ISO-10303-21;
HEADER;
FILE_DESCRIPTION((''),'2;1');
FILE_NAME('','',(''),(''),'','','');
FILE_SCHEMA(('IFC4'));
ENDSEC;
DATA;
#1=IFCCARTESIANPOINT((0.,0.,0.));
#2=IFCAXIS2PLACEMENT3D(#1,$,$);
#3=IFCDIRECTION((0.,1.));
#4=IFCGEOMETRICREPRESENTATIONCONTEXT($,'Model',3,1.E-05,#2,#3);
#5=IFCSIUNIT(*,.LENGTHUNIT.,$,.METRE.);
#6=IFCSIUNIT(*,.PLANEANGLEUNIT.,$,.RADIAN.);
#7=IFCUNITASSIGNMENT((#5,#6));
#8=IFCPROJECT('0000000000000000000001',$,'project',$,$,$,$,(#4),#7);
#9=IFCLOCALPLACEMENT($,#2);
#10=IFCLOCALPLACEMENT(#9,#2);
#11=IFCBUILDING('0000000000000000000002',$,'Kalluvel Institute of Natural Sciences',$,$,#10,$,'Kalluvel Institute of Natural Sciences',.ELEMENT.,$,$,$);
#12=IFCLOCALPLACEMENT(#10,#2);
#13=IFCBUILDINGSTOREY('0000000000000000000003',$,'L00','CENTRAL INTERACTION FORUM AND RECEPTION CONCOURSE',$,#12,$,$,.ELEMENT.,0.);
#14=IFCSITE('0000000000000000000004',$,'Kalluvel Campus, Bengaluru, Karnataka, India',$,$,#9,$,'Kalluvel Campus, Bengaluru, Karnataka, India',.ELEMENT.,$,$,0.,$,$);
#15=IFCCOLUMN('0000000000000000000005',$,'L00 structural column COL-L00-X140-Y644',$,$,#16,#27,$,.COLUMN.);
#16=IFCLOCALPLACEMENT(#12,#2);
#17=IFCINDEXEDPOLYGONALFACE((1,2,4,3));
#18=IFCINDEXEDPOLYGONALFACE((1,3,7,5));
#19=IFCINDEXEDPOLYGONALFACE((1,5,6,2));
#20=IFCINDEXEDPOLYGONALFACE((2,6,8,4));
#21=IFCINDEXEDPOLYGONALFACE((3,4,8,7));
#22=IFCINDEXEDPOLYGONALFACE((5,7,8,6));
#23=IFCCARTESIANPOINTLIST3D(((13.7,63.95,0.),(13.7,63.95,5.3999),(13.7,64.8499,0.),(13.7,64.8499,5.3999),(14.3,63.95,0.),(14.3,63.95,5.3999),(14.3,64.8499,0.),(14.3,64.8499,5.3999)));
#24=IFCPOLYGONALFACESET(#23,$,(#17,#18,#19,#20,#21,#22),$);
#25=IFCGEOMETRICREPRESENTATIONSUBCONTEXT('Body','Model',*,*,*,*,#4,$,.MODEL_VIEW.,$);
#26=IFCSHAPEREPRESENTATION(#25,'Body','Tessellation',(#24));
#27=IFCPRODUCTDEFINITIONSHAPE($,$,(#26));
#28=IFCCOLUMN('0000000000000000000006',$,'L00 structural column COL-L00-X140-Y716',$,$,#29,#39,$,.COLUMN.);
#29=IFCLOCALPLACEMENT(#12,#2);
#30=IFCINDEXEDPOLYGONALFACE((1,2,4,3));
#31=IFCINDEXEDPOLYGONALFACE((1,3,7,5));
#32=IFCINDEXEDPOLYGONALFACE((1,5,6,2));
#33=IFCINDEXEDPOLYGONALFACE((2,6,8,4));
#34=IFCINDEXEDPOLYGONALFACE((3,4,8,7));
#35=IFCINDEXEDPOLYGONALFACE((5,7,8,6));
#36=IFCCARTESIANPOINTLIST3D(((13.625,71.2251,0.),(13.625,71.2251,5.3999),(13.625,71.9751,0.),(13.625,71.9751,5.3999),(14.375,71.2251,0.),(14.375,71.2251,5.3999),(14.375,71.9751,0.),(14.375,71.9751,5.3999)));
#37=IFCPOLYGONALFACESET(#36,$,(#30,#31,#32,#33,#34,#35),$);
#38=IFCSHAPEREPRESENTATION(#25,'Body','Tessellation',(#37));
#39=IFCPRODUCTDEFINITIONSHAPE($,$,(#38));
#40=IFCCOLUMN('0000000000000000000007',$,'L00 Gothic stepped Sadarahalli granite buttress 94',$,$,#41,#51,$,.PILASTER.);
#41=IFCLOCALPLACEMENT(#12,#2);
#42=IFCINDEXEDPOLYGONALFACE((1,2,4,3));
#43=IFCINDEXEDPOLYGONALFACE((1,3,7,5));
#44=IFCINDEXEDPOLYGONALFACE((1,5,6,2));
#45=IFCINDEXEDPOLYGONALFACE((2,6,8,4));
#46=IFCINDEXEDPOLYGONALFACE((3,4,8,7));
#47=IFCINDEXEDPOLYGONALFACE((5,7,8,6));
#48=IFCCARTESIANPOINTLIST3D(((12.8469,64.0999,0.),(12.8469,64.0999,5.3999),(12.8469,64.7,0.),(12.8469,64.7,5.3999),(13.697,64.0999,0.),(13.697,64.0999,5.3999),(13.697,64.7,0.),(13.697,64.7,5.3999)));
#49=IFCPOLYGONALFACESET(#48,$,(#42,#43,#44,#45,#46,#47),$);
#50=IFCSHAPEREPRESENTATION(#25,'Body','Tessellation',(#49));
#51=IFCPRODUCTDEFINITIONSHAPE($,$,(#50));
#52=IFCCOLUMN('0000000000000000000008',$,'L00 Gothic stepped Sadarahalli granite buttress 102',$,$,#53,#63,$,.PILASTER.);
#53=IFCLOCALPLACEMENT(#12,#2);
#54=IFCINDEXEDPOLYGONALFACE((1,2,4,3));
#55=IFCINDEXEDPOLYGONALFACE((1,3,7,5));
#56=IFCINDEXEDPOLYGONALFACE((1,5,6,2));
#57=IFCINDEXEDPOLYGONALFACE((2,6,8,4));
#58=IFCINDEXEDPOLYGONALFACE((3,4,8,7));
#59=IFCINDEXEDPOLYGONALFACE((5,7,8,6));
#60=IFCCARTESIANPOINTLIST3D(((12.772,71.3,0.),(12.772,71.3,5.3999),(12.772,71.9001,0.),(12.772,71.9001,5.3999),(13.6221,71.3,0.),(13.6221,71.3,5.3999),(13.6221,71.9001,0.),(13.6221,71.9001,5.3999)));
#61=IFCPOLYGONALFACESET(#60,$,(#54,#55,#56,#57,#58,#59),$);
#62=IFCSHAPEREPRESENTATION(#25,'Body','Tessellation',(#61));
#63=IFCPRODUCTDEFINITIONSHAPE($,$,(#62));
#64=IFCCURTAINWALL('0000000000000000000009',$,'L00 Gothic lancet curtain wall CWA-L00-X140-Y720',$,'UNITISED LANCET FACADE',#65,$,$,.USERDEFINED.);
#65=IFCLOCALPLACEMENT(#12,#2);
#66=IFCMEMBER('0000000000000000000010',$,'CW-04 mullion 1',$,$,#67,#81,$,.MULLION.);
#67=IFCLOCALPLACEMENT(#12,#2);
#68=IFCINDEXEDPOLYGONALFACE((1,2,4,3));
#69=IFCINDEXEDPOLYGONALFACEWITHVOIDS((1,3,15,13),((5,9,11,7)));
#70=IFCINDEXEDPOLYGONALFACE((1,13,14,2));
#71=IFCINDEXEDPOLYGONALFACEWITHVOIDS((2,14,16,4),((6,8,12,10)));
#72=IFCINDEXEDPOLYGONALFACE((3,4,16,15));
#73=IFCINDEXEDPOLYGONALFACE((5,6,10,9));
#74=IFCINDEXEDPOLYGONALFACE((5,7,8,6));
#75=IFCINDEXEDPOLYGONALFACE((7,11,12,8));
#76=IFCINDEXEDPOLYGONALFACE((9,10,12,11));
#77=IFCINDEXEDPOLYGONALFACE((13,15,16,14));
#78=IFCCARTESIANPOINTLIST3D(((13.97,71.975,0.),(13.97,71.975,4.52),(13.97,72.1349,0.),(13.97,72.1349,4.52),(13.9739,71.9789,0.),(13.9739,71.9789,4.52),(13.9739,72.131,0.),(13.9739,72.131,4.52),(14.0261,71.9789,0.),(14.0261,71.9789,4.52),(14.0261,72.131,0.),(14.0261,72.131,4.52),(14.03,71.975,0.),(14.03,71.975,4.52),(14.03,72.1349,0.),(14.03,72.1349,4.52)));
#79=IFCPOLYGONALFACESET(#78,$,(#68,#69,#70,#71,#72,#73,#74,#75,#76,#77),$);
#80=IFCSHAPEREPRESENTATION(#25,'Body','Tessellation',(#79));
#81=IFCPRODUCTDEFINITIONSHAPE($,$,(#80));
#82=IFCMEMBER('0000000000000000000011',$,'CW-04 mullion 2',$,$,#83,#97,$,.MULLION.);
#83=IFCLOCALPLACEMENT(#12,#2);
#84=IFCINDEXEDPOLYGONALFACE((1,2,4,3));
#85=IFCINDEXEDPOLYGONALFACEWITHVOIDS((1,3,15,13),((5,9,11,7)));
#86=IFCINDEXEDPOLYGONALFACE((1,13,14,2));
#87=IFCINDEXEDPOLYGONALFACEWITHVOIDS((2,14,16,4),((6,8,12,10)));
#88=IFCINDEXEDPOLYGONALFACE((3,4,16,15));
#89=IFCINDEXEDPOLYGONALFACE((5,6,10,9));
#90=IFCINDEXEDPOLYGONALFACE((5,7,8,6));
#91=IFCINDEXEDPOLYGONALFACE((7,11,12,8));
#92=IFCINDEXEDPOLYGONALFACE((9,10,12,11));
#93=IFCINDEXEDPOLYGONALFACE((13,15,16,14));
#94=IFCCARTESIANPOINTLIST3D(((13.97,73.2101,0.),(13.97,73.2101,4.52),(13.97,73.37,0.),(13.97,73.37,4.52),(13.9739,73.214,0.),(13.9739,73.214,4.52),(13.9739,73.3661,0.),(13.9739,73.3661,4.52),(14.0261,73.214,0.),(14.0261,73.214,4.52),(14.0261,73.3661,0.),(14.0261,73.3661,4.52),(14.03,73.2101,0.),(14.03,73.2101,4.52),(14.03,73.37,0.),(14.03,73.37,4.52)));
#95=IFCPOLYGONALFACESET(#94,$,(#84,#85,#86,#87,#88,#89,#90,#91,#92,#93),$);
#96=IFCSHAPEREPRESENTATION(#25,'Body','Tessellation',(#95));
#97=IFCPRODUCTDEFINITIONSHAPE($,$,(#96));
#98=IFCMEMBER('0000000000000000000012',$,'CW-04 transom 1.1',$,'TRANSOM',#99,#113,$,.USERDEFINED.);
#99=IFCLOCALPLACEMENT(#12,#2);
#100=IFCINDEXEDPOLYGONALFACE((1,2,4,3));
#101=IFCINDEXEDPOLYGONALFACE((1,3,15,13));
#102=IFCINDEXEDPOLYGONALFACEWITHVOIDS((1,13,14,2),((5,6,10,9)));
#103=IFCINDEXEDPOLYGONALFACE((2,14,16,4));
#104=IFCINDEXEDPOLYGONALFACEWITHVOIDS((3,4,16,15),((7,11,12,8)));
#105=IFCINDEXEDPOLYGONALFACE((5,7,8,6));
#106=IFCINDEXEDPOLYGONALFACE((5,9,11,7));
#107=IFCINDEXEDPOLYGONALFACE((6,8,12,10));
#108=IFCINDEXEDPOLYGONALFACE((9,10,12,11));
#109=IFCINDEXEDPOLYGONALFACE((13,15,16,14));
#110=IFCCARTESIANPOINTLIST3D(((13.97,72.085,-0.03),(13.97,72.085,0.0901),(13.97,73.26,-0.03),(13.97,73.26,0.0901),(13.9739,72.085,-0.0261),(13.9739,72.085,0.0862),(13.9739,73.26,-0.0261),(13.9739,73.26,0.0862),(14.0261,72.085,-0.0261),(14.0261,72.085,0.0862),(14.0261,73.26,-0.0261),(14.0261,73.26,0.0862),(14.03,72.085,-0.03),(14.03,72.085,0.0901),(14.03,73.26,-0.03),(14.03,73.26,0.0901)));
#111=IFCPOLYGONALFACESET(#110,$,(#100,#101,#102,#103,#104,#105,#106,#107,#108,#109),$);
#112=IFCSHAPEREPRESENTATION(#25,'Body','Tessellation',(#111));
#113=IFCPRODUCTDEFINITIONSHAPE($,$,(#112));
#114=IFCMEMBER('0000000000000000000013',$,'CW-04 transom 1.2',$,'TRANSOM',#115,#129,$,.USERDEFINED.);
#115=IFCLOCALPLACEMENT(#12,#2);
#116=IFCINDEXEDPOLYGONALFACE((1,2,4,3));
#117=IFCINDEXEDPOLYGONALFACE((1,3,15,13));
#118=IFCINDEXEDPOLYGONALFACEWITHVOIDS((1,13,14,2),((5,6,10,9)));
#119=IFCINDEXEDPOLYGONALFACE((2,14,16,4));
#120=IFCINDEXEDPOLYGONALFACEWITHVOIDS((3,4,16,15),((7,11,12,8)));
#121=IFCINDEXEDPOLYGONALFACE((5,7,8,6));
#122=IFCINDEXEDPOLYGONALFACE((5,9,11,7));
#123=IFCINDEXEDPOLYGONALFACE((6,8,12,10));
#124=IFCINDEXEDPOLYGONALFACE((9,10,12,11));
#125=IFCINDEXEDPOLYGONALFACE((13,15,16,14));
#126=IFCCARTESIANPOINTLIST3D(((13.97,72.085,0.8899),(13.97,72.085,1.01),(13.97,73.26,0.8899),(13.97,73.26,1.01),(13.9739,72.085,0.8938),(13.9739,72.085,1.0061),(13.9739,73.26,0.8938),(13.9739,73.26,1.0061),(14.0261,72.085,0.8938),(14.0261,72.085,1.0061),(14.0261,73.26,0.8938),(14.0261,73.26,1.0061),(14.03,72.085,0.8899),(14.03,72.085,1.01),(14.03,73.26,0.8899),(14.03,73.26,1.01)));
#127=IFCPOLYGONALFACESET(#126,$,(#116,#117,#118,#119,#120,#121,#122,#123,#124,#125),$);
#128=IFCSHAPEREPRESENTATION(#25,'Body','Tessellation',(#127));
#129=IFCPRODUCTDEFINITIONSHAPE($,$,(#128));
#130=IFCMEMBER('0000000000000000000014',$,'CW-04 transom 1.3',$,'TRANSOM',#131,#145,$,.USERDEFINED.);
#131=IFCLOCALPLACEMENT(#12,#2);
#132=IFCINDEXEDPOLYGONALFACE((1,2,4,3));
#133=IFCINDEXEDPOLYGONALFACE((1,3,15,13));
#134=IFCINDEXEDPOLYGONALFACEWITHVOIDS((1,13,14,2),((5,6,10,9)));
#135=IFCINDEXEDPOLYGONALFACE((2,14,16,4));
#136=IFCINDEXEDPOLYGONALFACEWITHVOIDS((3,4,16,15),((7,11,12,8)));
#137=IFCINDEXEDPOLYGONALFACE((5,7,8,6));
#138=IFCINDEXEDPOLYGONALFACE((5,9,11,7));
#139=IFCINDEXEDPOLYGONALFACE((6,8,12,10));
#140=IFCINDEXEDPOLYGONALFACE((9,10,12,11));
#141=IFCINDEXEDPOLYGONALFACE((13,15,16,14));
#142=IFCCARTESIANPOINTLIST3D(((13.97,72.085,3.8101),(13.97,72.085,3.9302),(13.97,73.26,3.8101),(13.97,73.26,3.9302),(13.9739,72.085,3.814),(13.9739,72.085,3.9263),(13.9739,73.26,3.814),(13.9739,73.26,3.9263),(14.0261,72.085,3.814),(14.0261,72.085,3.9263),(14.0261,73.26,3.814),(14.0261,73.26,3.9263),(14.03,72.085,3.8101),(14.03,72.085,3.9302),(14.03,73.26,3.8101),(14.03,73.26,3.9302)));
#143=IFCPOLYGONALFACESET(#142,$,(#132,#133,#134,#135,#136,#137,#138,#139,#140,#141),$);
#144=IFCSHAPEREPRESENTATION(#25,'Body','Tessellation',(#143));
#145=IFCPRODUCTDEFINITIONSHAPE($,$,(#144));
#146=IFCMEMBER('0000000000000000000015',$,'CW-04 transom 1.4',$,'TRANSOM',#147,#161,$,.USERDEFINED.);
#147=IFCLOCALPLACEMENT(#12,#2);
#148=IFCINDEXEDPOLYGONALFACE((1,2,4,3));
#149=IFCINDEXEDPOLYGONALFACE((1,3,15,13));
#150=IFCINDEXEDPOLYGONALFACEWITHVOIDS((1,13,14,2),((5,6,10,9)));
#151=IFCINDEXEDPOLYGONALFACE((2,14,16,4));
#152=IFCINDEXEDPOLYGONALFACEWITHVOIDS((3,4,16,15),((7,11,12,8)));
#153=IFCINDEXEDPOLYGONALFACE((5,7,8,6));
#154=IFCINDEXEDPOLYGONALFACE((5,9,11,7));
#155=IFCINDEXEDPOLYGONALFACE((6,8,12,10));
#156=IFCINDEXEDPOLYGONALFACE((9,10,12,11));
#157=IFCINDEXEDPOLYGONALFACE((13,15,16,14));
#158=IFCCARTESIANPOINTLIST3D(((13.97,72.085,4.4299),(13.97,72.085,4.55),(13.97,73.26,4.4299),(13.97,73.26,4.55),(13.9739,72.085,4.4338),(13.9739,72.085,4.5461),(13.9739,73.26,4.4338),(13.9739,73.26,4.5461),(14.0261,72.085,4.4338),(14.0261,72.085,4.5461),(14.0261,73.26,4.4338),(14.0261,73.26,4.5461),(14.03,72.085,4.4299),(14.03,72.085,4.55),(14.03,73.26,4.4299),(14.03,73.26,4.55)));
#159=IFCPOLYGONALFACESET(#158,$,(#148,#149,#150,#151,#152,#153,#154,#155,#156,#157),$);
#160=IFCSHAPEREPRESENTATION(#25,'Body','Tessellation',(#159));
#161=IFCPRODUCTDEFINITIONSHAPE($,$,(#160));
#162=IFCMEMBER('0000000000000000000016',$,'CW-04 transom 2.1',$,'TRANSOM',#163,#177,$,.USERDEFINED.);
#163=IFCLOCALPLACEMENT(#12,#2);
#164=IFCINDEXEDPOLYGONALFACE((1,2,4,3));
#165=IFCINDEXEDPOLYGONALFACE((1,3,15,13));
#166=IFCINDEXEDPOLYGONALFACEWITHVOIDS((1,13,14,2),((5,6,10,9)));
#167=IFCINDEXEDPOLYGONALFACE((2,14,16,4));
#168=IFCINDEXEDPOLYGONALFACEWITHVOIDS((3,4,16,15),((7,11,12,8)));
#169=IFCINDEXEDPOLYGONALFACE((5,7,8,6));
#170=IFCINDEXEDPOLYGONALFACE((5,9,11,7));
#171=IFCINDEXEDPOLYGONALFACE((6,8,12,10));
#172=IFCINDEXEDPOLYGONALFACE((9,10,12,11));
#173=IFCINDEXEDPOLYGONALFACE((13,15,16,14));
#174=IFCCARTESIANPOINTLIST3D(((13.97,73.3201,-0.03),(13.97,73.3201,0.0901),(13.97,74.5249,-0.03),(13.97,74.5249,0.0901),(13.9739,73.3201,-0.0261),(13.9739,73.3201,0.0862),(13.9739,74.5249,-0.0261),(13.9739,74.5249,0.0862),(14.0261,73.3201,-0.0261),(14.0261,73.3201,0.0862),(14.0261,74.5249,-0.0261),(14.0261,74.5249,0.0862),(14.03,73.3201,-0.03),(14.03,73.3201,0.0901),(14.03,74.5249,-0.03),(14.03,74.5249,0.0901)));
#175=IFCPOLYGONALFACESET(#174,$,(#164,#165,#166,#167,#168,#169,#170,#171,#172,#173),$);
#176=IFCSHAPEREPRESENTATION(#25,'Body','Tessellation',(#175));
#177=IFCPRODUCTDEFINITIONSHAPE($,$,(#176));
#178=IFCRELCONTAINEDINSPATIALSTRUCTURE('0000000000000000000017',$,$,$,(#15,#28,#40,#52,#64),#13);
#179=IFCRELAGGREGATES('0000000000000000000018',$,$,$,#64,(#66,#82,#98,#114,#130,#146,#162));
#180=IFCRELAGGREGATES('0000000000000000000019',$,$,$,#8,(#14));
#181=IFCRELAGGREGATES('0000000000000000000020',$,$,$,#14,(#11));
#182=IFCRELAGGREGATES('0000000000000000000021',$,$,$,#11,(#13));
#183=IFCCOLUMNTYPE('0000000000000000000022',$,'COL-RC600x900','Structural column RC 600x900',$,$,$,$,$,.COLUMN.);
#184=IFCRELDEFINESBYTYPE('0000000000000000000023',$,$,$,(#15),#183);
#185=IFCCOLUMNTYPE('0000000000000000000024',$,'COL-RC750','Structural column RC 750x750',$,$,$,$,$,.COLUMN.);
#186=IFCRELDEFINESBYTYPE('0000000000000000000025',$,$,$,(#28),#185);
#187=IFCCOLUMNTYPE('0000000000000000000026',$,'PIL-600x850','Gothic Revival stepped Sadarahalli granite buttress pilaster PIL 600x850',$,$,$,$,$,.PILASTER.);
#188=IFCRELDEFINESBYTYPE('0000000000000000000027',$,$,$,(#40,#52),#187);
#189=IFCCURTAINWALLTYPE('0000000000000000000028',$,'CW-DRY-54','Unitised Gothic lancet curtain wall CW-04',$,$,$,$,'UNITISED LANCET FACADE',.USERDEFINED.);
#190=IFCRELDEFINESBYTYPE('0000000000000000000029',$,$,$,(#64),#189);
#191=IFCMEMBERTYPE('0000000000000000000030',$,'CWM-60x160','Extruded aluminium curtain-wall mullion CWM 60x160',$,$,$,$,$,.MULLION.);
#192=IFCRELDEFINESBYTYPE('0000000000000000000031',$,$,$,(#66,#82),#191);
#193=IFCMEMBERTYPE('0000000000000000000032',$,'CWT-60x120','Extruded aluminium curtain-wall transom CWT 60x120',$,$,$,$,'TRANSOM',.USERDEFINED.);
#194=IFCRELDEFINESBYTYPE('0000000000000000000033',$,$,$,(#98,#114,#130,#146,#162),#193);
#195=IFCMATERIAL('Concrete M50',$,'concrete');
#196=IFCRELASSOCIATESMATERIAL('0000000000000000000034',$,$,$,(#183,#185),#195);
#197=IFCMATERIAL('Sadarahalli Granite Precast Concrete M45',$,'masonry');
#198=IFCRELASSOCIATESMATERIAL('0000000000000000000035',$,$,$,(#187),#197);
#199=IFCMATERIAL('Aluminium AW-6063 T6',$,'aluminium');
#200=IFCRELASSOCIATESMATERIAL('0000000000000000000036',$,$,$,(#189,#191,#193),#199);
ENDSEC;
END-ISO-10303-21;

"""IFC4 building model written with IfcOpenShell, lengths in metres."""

from ifc_helpers import new_model, si_unit, direction, frame, origin, origin_2d, place, context, subcontext, project, spatial, rectangle, hollow_rectangle, extrude, material, material_profile, profile_set, type_object, element, aggregate, save


model = new_model("IFC4")

# Units and contexts
model_context = context("Model", 3, precision=1e-05, world=origin(), true_north=direction((0.0, 1.0)))
body_context = subcontext(model_context, "Body", "Model", "MODEL_VIEW")
ifc_project = project(units=[si_unit("LENGTHUNIT", "METRE"), si_unit("PLANEANGLEUNIT", "RADIAN")], contexts=[model_context])

# Site, building, storey
site_placement = place(None, origin())
site = spatial("IfcSite", under=ifc_project, at=site_placement, Name="Kalluvel Campus, Bengaluru, Karnataka, India", LongName="Kalluvel Campus, Bengaluru, Karnataka, India", CompositionType="ELEMENT", RefElevation=0.0)
building_placement = place(site_placement, origin())
building = spatial("IfcBuilding", under=site, at=building_placement, Name="Kalluvel Institute of Natural Sciences", LongName="Kalluvel Institute of Natural Sciences", CompositionType="ELEMENT")
storey_placement = place(building_placement, origin())
storey = spatial("IfcBuildingStorey", under=building, at=storey_placement, Name="L00", Description="CENTRAL INTERACTION FORUM AND RECEPTION CONCOURSE", CompositionType="ELEMENT", Elevation=0.0)

# Columns
ifc_material_1 = material(Name="Concrete M50", Category="concrete")
ifc_material_profile_1 = material_profile(ifc_material_1, rectangle(XDim=0.6001, YDim=0.8999, at=origin_2d()), Name="RC 600x900")
ifc_profile_set_1 = profile_set([ifc_material_profile_1], Name="Concrete M50")
column_type_1 = type_object("IfcColumnType", Name="COL-RC600x900", Description="Structural column RC 600x900", PredefinedType="COLUMN", material=ifc_profile_set_1)
column_1_placement = place(storey_placement, frame((14.0, 64.3999, 0.0), z_axis=(0.0, 0.0, 1.0), x_axis=(1.0, 0.0, 0.0)))
element("IfcColumn", 1, at=column_1_placement, inside=storey, type_object=column_type_1, Name="L00 structural column COL-L00-X140-Y644", PredefinedType="COLUMN", context=body_context, shape_type="SweptSolid", body=[
    extrude(rectangle(XDim=0.6001, YDim=0.8999, at=origin_2d()), origin(), (0.0, 0.0, 1.0), 5.3999),
])
ifc_material_profile_2 = material_profile(ifc_material_1, rectangle(XDim=0.75, YDim=0.75, at=origin_2d()), Name="RC 750x750")
ifc_profile_set_2 = profile_set([ifc_material_profile_2], Name="Concrete M50")
column_type_2 = type_object("IfcColumnType", Name="COL-RC750", Description="Structural column RC 750x750", PredefinedType="COLUMN", material=ifc_profile_set_2)
column_2_placement = place(storey_placement, frame((14.0, 71.6001, 0.0), z_axis=(0.0, 0.0, 1.0), x_axis=(1.0, 0.0, 0.0)))
element("IfcColumn", 2, at=column_2_placement, inside=storey, type_object=column_type_2, Name="L00 structural column COL-L00-X140-Y716", PredefinedType="COLUMN", context=body_context, shape_type="SweptSolid", body=[
    extrude(rectangle(XDim=0.75, YDim=0.75, at=origin_2d()), origin(), (0.0, 0.0, 1.0), 5.3999),
])
ifc_material_2 = material(Name="Sadarahalli Granite Precast Concrete M45", Category="masonry")
ifc_material_profile_3 = material_profile(ifc_material_2, rectangle(XDim=0.6001, YDim=0.8501, at=origin_2d()), Name="PIL 600x850")
ifc_profile_set_3 = profile_set([ifc_material_profile_3], Name="Sadarahalli Granite Precast Concrete M45")
column_type_3 = type_object("IfcColumnType", Name="PIL-600x850", Description="Gothic Revival stepped Sadarahalli granite buttress pilaster PIL 600x850", PredefinedType="PILASTER", material=ifc_profile_set_3)
for number, where, z_axis, x_axis, name in (
    (3, (13.272, 64.3999, 0.0), (0.0, 0.0, 1.0), (0.0, 1.0, 0.0), "L00 Gothic stepped Sadarahalli granite buttress 94"),
    (4, (13.197, 71.6001, 0.0), (0.0, 0.0, 1.0), (0.0, 1.0, 0.0), "L00 Gothic stepped Sadarahalli granite buttress 102"),
):
    element("IfcColumn", number, at=place(storey_placement, frame(where, z_axis=z_axis, x_axis=x_axis)), inside=storey, type_object=column_type_3, Name=name, PredefinedType="PILASTER", context=body_context, shape_type="SweptSolid", body=[
        extrude(rectangle(XDim=0.6001, YDim=0.8501, at=origin_2d()), origin(), (0.0, 0.0, 1.0), 5.3999),
    ])

# Curtain wall, members
ifc_material_3 = material(Name="Aluminium AW-6063 T6", Category="aluminium")
curtain_wall_type = type_object("IfcCurtainWallType", Name="CW-DRY-54", Description="Unitised Gothic lancet curtain wall CW-04", ElementType="UNITISED LANCET FACADE", PredefinedType="USERDEFINED", material=ifc_material_3)
curtain_wall_placement = place(storey_placement, origin())
curtain_wall = element("IfcCurtainWall", 5, at=curtain_wall_placement, inside=storey, type_object=curtain_wall_type, Name="L00 Gothic lancet curtain wall CWA-L00-X140-Y720", ObjectType="UNITISED LANCET FACADE", PredefinedType="USERDEFINED")
ifc_material_profile_4 = material_profile(ifc_material_3, hollow_rectangle(XDim=0.0601, YDim=0.1599, WallThickness=0.0039, at=origin_2d()), Name="CWM 60x160")
ifc_profile_set_4 = profile_set([ifc_material_profile_4], Name="Aluminium AW-6063 T6")
member_type_1 = type_object("IfcMemberType", Name="CWM-60x160", Description="Extruded aluminium curtain-wall mullion CWM 60x160", PredefinedType="MULLION", material=ifc_profile_set_4)
member_1_placement = place(storey_placement, frame((14.0, 72.0549, 0.0), z_axis=(0.0, 0.0, 1.0), x_axis=(-1.0, 0.0, 0.0)))
member_1 = element("IfcMember", 6, at=member_1_placement, type_object=member_type_1, Name="CW-04 mullion 1", PredefinedType="MULLION", context=body_context, shape_type="SweptSolid", body=[
    extrude(hollow_rectangle(XDim=0.0601, YDim=0.1599, WallThickness=0.0039, at=origin_2d()), origin(), (0.0, 0.0, 1.0), 4.52),
])
member_2_placement = place(storey_placement, frame((14.0, 73.29, 0.0), z_axis=(0.0, 0.0, 1.0), x_axis=(-1.0, 0.0, 0.0)))
member_2 = element("IfcMember", 7, at=member_2_placement, type_object=member_type_1, Name="CW-04 mullion 2", PredefinedType="MULLION", context=body_context, shape_type="SweptSolid", body=[
    extrude(hollow_rectangle(XDim=0.0601, YDim=0.1599, WallThickness=0.0039, at=origin_2d()), origin(), (0.0, 0.0, 1.0), 4.52),
])
ifc_material_profile_5 = material_profile(ifc_material_3, hollow_rectangle(XDim=0.0601, YDim=0.1201, WallThickness=0.0039, at=origin_2d()), Name="CWT 60x120")
ifc_profile_set_5 = profile_set([ifc_material_profile_5], Name="Aluminium AW-6063 T6")
member_type_2 = type_object("IfcMemberType", Name="CWT-60x120", Description="Extruded aluminium curtain-wall transom CWT 60x120", ElementType="TRANSOM", PredefinedType="USERDEFINED", material=ifc_profile_set_5)
member_3_placement = place(storey_placement, frame((14.0, 72.085, 0.03), z_axis=(0.0, 1.0, 0.0), x_axis=(-1.0, 0.0, 0.0)))
member_3 = element("IfcMember", 8, at=member_3_placement, type_object=member_type_2, Name="CW-04 transom 1.1", ObjectType="TRANSOM", PredefinedType="USERDEFINED", context=body_context, shape_type="SweptSolid", body=[
    extrude(hollow_rectangle(XDim=0.0601, YDim=0.1201, WallThickness=0.0039, at=origin_2d()), origin(), (0.0, 0.0, 1.0), 1.175),
])
member_4_placement = place(storey_placement, frame((14.0, 72.085, 0.95), z_axis=(0.0, 1.0, 0.0), x_axis=(-1.0, 0.0, 0.0)))
member_4 = element("IfcMember", 9, at=member_4_placement, type_object=member_type_2, Name="CW-04 transom 1.2", ObjectType="TRANSOM", PredefinedType="USERDEFINED", context=body_context, shape_type="SweptSolid", body=[
    extrude(hollow_rectangle(XDim=0.0601, YDim=0.1201, WallThickness=0.0039, at=origin_2d()), origin(), (0.0, 0.0, 1.0), 1.175),
])
member_5_placement = place(storey_placement, frame((14.0, 72.085, 3.8701), z_axis=(0.0, 1.0, 0.0), x_axis=(-1.0, 0.0, 0.0)))
member_5 = element("IfcMember", 10, at=member_5_placement, type_object=member_type_2, Name="CW-04 transom 1.3", ObjectType="TRANSOM", PredefinedType="USERDEFINED", context=body_context, shape_type="SweptSolid", body=[
    extrude(hollow_rectangle(XDim=0.0601, YDim=0.1201, WallThickness=0.0039, at=origin_2d()), origin(), (0.0, 0.0, 1.0), 1.175),
])
member_6_placement = place(storey_placement, frame((14.0, 72.085, 4.49), z_axis=(0.0, 1.0, 0.0), x_axis=(-1.0, 0.0, 0.0)))
member_6 = element("IfcMember", 11, at=member_6_placement, type_object=member_type_2, Name="CW-04 transom 1.4", ObjectType="TRANSOM", PredefinedType="USERDEFINED", context=body_context, shape_type="SweptSolid", body=[
    extrude(hollow_rectangle(XDim=0.0601, YDim=0.1201, WallThickness=0.0039, at=origin_2d()), origin(), (0.0, 0.0, 1.0), 1.175),
])
member_7_placement = place(storey_placement, frame((14.0, 73.3201, 0.03), z_axis=(0.0, 1.0, 0.0), x_axis=(-1.0, 0.0, 0.0)))
member_7 = element("IfcMember", 12, at=member_7_placement, type_object=member_type_2, Name="CW-04 transom 2.1", ObjectType="TRANSOM", PredefinedType="USERDEFINED", context=body_context, shape_type="SweptSolid", body=[
    extrude(hollow_rectangle(XDim=0.0601, YDim=0.1201, WallThickness=0.0039, at=origin_2d()), origin(), (0.0, 0.0, 1.0), 1.2048),
])

aggregate(curtain_wall, [member_1, member_2, member_3, member_4, member_5, member_6, member_7])

save(model, "model.ifc")
